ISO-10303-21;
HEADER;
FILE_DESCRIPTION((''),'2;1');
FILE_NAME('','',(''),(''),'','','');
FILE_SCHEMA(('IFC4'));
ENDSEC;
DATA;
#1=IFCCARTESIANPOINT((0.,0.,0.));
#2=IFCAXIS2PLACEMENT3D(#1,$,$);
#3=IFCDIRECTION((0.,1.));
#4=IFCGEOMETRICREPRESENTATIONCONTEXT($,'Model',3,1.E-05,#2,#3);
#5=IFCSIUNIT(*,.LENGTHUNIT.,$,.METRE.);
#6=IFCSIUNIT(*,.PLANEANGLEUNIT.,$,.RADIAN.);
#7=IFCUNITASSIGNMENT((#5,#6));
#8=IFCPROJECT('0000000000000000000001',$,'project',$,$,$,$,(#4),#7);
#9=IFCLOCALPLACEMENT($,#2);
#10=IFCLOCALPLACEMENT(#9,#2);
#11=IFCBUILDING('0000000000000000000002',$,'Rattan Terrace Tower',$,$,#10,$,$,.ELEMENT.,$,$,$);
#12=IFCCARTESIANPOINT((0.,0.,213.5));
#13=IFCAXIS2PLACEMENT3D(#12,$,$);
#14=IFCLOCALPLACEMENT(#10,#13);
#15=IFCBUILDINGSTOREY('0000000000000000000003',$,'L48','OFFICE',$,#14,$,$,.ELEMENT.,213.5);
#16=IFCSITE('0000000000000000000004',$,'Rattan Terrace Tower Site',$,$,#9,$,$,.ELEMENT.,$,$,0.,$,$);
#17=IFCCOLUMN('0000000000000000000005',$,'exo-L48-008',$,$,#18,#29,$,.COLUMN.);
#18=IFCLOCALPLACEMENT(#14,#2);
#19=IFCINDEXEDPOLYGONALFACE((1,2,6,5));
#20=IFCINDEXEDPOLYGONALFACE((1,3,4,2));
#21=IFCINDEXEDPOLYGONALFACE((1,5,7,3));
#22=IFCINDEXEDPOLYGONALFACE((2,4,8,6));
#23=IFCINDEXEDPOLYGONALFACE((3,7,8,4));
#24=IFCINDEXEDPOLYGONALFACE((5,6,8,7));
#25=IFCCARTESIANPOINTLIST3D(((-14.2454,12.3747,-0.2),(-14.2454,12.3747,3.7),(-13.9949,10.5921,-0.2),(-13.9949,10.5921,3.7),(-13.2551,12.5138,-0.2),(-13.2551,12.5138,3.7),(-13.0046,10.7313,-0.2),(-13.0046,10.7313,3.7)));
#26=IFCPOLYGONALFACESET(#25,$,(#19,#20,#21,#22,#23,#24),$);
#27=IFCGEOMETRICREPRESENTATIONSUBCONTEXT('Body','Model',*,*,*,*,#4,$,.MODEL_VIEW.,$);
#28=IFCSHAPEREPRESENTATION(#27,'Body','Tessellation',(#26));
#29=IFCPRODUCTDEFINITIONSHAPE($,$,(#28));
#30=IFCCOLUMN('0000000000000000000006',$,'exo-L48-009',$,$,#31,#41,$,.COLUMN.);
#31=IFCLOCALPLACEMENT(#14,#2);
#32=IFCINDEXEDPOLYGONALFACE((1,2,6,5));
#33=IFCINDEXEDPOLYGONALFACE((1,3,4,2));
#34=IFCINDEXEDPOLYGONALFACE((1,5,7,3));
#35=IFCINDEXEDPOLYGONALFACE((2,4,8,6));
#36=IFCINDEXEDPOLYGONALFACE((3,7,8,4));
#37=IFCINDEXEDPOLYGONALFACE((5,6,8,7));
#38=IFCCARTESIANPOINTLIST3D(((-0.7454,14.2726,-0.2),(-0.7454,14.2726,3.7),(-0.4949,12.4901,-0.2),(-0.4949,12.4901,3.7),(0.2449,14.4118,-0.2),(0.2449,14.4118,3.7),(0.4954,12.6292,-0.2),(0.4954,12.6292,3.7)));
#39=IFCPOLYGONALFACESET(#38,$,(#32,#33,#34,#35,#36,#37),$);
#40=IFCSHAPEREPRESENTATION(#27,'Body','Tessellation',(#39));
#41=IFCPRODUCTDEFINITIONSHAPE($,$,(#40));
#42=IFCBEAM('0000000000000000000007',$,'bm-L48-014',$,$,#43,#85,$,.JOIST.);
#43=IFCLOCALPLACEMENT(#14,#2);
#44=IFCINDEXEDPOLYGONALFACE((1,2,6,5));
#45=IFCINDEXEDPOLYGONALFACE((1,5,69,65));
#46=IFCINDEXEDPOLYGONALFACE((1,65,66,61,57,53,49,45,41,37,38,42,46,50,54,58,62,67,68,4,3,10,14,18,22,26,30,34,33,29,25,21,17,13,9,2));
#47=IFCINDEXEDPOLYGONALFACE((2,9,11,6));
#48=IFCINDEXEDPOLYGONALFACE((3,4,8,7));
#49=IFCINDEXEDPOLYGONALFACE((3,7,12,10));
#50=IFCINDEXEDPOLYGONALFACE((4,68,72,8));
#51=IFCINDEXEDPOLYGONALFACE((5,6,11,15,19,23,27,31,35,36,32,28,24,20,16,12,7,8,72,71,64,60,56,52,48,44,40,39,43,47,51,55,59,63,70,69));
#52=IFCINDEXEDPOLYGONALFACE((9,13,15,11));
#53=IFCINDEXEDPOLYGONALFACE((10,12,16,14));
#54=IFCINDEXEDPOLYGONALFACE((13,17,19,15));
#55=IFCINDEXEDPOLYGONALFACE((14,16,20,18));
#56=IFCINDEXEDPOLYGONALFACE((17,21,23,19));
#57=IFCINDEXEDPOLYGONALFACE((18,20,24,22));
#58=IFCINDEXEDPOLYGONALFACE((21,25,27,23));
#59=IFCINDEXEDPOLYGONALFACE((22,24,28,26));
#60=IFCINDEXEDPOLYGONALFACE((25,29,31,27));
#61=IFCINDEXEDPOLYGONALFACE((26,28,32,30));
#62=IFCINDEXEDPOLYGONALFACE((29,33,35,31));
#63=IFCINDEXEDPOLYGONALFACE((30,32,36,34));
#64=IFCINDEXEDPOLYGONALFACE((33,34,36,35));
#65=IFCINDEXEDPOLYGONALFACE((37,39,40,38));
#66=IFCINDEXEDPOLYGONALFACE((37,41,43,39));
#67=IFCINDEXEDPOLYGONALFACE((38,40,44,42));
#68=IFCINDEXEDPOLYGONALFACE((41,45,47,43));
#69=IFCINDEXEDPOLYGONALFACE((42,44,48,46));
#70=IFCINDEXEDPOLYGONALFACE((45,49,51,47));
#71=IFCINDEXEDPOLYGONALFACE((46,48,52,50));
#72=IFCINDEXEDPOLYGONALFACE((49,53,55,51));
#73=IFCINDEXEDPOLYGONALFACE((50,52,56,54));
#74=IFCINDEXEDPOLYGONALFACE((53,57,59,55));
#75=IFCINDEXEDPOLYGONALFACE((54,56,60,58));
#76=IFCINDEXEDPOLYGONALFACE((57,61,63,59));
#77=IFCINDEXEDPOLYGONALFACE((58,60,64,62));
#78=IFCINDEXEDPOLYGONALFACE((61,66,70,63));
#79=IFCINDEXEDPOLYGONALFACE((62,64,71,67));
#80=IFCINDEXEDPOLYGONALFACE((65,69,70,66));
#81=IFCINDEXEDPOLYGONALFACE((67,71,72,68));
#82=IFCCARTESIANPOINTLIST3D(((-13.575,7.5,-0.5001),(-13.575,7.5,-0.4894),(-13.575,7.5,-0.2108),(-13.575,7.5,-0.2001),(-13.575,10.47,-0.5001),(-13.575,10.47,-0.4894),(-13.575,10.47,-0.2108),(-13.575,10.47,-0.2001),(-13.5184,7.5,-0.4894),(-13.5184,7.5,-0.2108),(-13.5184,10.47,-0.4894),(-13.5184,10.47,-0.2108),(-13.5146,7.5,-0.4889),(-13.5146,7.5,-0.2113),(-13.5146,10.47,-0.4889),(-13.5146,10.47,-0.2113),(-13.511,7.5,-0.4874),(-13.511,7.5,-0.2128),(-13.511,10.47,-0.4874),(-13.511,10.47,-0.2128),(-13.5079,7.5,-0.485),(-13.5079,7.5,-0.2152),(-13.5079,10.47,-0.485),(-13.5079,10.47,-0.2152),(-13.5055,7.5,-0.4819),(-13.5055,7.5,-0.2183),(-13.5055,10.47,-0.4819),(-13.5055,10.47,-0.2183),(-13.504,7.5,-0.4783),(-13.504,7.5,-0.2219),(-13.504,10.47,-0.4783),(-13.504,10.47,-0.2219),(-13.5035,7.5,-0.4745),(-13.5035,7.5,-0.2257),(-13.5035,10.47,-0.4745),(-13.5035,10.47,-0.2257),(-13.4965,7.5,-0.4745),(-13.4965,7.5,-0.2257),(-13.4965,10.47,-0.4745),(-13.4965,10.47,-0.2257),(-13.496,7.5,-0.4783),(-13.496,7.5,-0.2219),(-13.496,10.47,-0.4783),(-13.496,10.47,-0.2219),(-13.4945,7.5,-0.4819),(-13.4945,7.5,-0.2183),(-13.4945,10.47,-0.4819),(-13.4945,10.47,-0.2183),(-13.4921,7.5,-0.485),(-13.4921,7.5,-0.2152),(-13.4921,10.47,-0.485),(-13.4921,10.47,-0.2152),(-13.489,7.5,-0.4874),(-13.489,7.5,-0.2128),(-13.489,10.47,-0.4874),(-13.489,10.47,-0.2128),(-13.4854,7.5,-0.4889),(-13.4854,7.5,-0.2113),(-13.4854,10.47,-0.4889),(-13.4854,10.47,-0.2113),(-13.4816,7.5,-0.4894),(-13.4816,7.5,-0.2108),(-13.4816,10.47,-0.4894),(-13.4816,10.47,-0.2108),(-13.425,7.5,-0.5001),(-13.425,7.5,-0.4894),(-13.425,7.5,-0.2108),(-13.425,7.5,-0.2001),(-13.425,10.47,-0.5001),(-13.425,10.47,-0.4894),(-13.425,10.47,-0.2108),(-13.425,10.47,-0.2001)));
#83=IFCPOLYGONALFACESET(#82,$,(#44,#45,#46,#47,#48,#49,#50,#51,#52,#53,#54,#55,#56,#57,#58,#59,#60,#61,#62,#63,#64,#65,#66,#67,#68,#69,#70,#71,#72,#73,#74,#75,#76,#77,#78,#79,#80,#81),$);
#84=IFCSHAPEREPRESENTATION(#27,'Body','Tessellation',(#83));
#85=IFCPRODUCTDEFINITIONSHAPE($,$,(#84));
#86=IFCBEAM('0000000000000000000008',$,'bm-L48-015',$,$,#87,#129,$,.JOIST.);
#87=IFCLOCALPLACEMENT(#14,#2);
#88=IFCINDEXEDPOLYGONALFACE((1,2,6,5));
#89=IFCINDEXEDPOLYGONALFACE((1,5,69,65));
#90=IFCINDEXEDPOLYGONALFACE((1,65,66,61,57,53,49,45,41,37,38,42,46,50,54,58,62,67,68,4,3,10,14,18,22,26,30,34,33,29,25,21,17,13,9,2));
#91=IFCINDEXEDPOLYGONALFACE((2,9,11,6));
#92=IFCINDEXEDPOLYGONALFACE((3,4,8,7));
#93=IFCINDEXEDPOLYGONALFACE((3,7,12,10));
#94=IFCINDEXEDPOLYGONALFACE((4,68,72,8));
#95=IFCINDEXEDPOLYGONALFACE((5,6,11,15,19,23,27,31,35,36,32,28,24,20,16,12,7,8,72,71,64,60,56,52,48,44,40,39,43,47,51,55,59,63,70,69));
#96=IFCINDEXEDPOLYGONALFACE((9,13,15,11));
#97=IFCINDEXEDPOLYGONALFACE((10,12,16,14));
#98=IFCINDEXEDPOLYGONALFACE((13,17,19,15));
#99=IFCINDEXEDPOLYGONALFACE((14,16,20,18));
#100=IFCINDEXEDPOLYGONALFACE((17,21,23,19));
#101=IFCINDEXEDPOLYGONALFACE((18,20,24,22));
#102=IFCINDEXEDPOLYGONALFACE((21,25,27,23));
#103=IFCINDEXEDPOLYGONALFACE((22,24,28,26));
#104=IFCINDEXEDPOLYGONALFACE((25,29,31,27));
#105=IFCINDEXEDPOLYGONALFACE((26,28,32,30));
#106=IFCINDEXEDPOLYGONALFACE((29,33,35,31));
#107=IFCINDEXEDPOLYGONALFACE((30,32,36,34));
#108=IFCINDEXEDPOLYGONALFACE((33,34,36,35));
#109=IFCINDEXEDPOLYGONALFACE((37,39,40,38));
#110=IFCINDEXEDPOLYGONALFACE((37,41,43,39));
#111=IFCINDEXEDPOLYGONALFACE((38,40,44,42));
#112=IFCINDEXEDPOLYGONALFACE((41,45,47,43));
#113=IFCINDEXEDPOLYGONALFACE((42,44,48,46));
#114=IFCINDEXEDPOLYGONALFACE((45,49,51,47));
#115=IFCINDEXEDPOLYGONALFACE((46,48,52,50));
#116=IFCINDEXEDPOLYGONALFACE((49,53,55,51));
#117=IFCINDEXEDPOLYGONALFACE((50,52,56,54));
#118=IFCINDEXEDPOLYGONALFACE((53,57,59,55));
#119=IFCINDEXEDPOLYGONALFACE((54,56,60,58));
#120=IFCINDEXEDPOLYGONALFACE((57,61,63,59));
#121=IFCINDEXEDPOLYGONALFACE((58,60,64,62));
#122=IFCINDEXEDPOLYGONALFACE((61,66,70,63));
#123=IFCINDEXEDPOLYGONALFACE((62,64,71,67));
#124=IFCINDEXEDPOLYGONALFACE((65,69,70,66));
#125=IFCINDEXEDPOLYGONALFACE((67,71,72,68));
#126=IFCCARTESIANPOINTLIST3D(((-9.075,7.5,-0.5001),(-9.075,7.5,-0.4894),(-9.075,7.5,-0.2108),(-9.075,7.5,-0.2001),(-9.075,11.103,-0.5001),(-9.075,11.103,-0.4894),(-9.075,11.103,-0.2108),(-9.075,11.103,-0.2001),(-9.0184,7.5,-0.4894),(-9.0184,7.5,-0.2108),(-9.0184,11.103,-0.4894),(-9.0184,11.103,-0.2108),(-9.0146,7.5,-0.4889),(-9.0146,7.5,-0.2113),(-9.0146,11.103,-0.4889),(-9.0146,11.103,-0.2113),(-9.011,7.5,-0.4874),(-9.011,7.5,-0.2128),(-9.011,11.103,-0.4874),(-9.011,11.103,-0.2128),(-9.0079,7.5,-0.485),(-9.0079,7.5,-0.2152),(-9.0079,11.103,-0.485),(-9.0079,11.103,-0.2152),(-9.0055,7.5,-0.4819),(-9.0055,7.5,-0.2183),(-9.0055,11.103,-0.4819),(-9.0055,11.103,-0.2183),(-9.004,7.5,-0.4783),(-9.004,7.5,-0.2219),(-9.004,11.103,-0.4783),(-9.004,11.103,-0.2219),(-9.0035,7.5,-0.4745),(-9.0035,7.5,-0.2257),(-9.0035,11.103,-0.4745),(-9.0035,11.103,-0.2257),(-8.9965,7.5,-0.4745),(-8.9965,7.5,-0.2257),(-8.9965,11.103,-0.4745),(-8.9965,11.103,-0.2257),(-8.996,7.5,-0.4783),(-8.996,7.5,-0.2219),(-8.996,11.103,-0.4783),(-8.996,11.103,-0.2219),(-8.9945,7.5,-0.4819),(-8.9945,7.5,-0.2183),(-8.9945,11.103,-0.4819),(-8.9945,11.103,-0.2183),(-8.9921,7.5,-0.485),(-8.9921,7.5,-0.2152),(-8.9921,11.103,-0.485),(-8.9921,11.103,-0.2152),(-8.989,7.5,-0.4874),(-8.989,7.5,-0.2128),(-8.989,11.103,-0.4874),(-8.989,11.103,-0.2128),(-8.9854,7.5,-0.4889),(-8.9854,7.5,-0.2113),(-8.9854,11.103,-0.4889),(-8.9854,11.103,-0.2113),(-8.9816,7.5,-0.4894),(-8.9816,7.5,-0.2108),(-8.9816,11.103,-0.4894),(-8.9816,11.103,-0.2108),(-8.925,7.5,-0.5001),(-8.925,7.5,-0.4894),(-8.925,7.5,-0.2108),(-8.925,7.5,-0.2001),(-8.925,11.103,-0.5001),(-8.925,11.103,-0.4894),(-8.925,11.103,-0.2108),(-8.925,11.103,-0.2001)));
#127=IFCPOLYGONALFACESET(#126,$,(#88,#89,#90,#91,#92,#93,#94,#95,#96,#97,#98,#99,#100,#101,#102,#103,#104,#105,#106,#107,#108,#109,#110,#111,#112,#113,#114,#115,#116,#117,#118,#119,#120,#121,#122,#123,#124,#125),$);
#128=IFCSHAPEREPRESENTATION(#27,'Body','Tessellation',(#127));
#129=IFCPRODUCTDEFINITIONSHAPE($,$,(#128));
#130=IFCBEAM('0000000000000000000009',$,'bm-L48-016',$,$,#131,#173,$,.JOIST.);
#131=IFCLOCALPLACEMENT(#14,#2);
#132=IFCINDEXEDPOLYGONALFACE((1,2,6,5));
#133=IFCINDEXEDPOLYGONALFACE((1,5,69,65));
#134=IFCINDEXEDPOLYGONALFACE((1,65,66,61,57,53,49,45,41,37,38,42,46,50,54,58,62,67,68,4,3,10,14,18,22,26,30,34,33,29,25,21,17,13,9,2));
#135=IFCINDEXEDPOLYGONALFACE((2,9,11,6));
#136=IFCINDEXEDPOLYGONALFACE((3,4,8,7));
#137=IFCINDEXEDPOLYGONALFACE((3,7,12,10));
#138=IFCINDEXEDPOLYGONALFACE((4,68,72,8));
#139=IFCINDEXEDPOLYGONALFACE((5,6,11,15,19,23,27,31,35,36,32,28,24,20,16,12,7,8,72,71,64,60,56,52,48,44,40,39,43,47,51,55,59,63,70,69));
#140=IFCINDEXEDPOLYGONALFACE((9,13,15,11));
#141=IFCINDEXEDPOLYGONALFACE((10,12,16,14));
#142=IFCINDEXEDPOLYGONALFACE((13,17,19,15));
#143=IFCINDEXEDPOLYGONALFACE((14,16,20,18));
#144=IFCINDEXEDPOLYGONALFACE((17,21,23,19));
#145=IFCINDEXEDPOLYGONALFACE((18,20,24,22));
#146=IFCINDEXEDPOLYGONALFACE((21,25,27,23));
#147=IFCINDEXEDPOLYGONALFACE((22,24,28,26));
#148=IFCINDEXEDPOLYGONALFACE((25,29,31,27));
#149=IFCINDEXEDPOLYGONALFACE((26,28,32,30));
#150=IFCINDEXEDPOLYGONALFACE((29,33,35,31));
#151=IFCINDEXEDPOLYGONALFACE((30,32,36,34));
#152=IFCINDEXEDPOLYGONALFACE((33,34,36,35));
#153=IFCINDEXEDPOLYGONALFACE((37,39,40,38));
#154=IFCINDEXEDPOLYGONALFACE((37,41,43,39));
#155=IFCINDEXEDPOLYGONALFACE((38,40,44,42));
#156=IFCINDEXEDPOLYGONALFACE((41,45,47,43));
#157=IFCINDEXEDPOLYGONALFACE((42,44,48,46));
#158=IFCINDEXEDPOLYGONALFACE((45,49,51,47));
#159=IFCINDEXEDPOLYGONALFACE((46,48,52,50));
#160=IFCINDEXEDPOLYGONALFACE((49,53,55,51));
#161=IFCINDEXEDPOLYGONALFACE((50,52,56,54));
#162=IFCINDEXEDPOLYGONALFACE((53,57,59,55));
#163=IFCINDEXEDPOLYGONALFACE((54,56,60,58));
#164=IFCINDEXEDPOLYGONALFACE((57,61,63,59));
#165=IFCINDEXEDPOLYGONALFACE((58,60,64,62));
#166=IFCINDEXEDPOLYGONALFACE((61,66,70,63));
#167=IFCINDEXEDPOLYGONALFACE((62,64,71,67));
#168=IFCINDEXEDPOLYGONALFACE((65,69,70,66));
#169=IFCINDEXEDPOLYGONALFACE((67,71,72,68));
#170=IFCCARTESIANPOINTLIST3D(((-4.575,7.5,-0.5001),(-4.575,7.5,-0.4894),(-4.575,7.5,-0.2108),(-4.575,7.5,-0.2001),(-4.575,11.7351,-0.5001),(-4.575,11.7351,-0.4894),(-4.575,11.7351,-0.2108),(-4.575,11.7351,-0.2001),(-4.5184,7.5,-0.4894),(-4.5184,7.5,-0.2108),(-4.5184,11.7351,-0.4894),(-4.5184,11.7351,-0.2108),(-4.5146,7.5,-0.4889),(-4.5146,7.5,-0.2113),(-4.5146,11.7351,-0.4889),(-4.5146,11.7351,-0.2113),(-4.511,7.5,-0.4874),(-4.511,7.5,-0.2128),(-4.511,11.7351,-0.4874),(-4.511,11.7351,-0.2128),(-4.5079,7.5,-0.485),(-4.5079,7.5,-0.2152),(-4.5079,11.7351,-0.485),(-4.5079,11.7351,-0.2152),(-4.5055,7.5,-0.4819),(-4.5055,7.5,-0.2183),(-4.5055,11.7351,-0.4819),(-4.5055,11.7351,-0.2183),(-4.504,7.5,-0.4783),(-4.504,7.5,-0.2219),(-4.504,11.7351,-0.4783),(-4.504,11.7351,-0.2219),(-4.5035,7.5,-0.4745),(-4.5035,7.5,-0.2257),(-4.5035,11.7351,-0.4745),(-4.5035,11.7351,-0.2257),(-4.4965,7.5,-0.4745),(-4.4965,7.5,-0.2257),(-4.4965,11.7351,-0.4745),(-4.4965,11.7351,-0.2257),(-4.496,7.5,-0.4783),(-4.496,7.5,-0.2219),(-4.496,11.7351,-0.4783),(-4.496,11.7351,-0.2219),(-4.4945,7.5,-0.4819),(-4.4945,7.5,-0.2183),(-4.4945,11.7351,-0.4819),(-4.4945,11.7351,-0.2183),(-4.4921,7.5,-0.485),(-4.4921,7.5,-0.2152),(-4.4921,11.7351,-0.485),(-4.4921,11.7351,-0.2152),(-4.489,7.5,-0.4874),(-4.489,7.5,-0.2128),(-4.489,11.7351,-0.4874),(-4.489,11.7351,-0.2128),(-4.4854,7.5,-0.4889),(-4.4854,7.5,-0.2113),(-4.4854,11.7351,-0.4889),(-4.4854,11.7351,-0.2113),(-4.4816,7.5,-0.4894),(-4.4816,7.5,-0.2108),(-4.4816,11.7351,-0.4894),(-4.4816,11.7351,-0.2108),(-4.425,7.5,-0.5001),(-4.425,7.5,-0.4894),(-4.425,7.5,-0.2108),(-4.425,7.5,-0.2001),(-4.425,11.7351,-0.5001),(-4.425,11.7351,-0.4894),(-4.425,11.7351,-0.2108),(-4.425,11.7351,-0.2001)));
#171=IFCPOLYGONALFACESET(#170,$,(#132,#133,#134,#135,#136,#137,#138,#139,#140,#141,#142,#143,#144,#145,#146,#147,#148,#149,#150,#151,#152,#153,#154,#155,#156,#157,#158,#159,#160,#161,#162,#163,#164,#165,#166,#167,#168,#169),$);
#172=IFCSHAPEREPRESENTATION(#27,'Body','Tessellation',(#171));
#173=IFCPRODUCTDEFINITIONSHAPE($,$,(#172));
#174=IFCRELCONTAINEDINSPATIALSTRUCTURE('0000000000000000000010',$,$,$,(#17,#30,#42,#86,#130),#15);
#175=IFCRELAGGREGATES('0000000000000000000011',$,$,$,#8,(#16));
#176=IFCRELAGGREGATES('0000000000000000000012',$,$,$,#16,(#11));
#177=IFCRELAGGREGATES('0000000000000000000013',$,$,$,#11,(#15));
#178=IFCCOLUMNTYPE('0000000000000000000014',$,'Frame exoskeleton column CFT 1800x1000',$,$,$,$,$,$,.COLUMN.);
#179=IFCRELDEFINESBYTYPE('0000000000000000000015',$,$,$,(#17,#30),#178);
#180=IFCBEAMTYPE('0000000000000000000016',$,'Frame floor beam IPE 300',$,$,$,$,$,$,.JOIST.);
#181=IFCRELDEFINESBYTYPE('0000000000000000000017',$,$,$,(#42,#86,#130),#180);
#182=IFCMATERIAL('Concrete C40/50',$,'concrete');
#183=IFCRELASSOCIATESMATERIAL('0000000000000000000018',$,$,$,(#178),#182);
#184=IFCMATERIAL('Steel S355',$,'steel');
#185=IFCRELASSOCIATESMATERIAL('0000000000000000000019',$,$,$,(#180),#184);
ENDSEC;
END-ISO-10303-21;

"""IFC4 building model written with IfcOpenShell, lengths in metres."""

from ifc_helpers import new_model, si_unit, direction, frame, origin, origin_2d, place, context, subcontext, project, spatial, rectangle, i_section, extrude, material, material_profile, profile_set, type_object, element, save


model = new_model("IFC4")

# Units and contexts
model_context = context("Model", 3, precision=1e-05, world=origin(), true_north=direction((0.0, 1.0)))
body_context = subcontext(model_context, "Body", "Model", "MODEL_VIEW")
ifc_project = project(units=[si_unit("LENGTHUNIT", "METRE"), si_unit("PLANEANGLEUNIT", "RADIAN")], contexts=[model_context])

# Site, building, storey
site_placement = place(None, origin())
site = spatial("IfcSite", under=ifc_project, at=site_placement, Name="Rattan Terrace Tower Site", CompositionType="ELEMENT", RefElevation=0.0)
building_placement = place(site_placement, origin())
building = spatial("IfcBuilding", under=site, at=building_placement, Name="Rattan Terrace Tower", CompositionType="ELEMENT")
storey_placement = place(building_placement, frame((0.0, 0.0, 213.5)))
storey = spatial("IfcBuildingStorey", under=building, at=storey_placement, Name="L48", Description="OFFICE", CompositionType="ELEMENT", Elevation=213.5)

# Columns
ifc_material_1 = material(Name="Concrete C40/50", Category="concrete")
ifc_material_profile_1 = material_profile(ifc_material_1, rectangle(XDim=1.0, YDim=1.8, at=origin_2d()), Name="CFT 1800x1000")
ifc_profile_set_1 = profile_set([ifc_material_profile_1], Name="Concrete C40/50")
column_type = type_object("IfcColumnType", Name="Frame exoskeleton column CFT 1800x1000", PredefinedType="COLUMN", material=ifc_profile_set_1)
for number, where, z_axis, x_axis, name in (
    (1, (-13.625, 11.553, -0.2), (0.0, 0.0, 1.0), (0.990268, 0.139173, 0.0), "exo-L48-008"),
    (2, (-0.125, 13.4509, -0.2), (0.0, 0.0, 1.0), (0.990268, 0.139173, 0.0), "exo-L48-009"),
):
    element("IfcColumn", number, at=place(storey_placement, frame(where, z_axis=z_axis, x_axis=x_axis)), inside=storey, type_object=column_type, Name=name, PredefinedType="COLUMN", context=body_context, shape_type="SweptSolid", body=[
        extrude(rectangle(XDim=1.0, YDim=1.8, at=origin_2d()), origin(), (0.0, 0.0, 1.0), 3.8999),
    ])

# Beams
ifc_material_2 = material(Name="Steel S355", Category="steel")
ifc_material_profile_2 = material_profile(ifc_material_2, i_section(OverallWidth=0.1499, OverallDepth=0.3, WebThickness=0.0071, FlangeThickness=0.0107, FilletRadius=0.0149, at=origin_2d()), Name="IPE 300")
ifc_profile_set_2 = profile_set([ifc_material_profile_2], Name="Steel S355")
beam_type = type_object("IfcBeamType", Name="Frame floor beam IPE 300", PredefinedType="JOIST", material=ifc_profile_set_2)
beam_1_placement = place(storey_placement, frame((-13.5, 7.5, -0.3501), z_axis=(0.0, 1.0, 0.0), x_axis=(-1.0, 0.0, 0.0)))
element("IfcBeam", 3, at=beam_1_placement, inside=storey, type_object=beam_type, Name="bm-L48-014", PredefinedType="JOIST", context=body_context, shape_type="SweptSolid", body=[
    extrude(i_section(OverallWidth=0.1499, OverallDepth=0.3, WebThickness=0.0071, FlangeThickness=0.0107, FilletRadius=0.0149, at=origin_2d()), origin(), (0.0, 0.0, 1.0), 2.97),
])
beam_2_placement = place(storey_placement, frame((-9.0, 7.5, -0.3501), z_axis=(0.0, 1.0, 0.0), x_axis=(-1.0, 0.0, 0.0)))
element("IfcBeam", 4, at=beam_2_placement, inside=storey, type_object=beam_type, Name="bm-L48-015", PredefinedType="JOIST", context=body_context, shape_type="SweptSolid", body=[
    extrude(i_section(OverallWidth=0.1499, OverallDepth=0.3, WebThickness=0.0071, FlangeThickness=0.0107, FilletRadius=0.0149, at=origin_2d()), origin(), (0.0, 0.0, 1.0), 3.603),
])
beam_3_placement = place(storey_placement, frame((-4.5, 7.5, -0.3501), z_axis=(0.0, 1.0, 0.0), x_axis=(-1.0, 0.0, 0.0)))
element("IfcBeam", 5, at=beam_3_placement, inside=storey, type_object=beam_type, Name="bm-L48-016", PredefinedType="JOIST", context=body_context, shape_type="SweptSolid", body=[
    extrude(i_section(OverallWidth=0.1499, OverallDepth=0.3, WebThickness=0.0071, FlangeThickness=0.0107, FilletRadius=0.0149, at=origin_2d()), origin(), (0.0, 0.0, 1.0), 4.2351),
])

save(model, "model.ifc")
